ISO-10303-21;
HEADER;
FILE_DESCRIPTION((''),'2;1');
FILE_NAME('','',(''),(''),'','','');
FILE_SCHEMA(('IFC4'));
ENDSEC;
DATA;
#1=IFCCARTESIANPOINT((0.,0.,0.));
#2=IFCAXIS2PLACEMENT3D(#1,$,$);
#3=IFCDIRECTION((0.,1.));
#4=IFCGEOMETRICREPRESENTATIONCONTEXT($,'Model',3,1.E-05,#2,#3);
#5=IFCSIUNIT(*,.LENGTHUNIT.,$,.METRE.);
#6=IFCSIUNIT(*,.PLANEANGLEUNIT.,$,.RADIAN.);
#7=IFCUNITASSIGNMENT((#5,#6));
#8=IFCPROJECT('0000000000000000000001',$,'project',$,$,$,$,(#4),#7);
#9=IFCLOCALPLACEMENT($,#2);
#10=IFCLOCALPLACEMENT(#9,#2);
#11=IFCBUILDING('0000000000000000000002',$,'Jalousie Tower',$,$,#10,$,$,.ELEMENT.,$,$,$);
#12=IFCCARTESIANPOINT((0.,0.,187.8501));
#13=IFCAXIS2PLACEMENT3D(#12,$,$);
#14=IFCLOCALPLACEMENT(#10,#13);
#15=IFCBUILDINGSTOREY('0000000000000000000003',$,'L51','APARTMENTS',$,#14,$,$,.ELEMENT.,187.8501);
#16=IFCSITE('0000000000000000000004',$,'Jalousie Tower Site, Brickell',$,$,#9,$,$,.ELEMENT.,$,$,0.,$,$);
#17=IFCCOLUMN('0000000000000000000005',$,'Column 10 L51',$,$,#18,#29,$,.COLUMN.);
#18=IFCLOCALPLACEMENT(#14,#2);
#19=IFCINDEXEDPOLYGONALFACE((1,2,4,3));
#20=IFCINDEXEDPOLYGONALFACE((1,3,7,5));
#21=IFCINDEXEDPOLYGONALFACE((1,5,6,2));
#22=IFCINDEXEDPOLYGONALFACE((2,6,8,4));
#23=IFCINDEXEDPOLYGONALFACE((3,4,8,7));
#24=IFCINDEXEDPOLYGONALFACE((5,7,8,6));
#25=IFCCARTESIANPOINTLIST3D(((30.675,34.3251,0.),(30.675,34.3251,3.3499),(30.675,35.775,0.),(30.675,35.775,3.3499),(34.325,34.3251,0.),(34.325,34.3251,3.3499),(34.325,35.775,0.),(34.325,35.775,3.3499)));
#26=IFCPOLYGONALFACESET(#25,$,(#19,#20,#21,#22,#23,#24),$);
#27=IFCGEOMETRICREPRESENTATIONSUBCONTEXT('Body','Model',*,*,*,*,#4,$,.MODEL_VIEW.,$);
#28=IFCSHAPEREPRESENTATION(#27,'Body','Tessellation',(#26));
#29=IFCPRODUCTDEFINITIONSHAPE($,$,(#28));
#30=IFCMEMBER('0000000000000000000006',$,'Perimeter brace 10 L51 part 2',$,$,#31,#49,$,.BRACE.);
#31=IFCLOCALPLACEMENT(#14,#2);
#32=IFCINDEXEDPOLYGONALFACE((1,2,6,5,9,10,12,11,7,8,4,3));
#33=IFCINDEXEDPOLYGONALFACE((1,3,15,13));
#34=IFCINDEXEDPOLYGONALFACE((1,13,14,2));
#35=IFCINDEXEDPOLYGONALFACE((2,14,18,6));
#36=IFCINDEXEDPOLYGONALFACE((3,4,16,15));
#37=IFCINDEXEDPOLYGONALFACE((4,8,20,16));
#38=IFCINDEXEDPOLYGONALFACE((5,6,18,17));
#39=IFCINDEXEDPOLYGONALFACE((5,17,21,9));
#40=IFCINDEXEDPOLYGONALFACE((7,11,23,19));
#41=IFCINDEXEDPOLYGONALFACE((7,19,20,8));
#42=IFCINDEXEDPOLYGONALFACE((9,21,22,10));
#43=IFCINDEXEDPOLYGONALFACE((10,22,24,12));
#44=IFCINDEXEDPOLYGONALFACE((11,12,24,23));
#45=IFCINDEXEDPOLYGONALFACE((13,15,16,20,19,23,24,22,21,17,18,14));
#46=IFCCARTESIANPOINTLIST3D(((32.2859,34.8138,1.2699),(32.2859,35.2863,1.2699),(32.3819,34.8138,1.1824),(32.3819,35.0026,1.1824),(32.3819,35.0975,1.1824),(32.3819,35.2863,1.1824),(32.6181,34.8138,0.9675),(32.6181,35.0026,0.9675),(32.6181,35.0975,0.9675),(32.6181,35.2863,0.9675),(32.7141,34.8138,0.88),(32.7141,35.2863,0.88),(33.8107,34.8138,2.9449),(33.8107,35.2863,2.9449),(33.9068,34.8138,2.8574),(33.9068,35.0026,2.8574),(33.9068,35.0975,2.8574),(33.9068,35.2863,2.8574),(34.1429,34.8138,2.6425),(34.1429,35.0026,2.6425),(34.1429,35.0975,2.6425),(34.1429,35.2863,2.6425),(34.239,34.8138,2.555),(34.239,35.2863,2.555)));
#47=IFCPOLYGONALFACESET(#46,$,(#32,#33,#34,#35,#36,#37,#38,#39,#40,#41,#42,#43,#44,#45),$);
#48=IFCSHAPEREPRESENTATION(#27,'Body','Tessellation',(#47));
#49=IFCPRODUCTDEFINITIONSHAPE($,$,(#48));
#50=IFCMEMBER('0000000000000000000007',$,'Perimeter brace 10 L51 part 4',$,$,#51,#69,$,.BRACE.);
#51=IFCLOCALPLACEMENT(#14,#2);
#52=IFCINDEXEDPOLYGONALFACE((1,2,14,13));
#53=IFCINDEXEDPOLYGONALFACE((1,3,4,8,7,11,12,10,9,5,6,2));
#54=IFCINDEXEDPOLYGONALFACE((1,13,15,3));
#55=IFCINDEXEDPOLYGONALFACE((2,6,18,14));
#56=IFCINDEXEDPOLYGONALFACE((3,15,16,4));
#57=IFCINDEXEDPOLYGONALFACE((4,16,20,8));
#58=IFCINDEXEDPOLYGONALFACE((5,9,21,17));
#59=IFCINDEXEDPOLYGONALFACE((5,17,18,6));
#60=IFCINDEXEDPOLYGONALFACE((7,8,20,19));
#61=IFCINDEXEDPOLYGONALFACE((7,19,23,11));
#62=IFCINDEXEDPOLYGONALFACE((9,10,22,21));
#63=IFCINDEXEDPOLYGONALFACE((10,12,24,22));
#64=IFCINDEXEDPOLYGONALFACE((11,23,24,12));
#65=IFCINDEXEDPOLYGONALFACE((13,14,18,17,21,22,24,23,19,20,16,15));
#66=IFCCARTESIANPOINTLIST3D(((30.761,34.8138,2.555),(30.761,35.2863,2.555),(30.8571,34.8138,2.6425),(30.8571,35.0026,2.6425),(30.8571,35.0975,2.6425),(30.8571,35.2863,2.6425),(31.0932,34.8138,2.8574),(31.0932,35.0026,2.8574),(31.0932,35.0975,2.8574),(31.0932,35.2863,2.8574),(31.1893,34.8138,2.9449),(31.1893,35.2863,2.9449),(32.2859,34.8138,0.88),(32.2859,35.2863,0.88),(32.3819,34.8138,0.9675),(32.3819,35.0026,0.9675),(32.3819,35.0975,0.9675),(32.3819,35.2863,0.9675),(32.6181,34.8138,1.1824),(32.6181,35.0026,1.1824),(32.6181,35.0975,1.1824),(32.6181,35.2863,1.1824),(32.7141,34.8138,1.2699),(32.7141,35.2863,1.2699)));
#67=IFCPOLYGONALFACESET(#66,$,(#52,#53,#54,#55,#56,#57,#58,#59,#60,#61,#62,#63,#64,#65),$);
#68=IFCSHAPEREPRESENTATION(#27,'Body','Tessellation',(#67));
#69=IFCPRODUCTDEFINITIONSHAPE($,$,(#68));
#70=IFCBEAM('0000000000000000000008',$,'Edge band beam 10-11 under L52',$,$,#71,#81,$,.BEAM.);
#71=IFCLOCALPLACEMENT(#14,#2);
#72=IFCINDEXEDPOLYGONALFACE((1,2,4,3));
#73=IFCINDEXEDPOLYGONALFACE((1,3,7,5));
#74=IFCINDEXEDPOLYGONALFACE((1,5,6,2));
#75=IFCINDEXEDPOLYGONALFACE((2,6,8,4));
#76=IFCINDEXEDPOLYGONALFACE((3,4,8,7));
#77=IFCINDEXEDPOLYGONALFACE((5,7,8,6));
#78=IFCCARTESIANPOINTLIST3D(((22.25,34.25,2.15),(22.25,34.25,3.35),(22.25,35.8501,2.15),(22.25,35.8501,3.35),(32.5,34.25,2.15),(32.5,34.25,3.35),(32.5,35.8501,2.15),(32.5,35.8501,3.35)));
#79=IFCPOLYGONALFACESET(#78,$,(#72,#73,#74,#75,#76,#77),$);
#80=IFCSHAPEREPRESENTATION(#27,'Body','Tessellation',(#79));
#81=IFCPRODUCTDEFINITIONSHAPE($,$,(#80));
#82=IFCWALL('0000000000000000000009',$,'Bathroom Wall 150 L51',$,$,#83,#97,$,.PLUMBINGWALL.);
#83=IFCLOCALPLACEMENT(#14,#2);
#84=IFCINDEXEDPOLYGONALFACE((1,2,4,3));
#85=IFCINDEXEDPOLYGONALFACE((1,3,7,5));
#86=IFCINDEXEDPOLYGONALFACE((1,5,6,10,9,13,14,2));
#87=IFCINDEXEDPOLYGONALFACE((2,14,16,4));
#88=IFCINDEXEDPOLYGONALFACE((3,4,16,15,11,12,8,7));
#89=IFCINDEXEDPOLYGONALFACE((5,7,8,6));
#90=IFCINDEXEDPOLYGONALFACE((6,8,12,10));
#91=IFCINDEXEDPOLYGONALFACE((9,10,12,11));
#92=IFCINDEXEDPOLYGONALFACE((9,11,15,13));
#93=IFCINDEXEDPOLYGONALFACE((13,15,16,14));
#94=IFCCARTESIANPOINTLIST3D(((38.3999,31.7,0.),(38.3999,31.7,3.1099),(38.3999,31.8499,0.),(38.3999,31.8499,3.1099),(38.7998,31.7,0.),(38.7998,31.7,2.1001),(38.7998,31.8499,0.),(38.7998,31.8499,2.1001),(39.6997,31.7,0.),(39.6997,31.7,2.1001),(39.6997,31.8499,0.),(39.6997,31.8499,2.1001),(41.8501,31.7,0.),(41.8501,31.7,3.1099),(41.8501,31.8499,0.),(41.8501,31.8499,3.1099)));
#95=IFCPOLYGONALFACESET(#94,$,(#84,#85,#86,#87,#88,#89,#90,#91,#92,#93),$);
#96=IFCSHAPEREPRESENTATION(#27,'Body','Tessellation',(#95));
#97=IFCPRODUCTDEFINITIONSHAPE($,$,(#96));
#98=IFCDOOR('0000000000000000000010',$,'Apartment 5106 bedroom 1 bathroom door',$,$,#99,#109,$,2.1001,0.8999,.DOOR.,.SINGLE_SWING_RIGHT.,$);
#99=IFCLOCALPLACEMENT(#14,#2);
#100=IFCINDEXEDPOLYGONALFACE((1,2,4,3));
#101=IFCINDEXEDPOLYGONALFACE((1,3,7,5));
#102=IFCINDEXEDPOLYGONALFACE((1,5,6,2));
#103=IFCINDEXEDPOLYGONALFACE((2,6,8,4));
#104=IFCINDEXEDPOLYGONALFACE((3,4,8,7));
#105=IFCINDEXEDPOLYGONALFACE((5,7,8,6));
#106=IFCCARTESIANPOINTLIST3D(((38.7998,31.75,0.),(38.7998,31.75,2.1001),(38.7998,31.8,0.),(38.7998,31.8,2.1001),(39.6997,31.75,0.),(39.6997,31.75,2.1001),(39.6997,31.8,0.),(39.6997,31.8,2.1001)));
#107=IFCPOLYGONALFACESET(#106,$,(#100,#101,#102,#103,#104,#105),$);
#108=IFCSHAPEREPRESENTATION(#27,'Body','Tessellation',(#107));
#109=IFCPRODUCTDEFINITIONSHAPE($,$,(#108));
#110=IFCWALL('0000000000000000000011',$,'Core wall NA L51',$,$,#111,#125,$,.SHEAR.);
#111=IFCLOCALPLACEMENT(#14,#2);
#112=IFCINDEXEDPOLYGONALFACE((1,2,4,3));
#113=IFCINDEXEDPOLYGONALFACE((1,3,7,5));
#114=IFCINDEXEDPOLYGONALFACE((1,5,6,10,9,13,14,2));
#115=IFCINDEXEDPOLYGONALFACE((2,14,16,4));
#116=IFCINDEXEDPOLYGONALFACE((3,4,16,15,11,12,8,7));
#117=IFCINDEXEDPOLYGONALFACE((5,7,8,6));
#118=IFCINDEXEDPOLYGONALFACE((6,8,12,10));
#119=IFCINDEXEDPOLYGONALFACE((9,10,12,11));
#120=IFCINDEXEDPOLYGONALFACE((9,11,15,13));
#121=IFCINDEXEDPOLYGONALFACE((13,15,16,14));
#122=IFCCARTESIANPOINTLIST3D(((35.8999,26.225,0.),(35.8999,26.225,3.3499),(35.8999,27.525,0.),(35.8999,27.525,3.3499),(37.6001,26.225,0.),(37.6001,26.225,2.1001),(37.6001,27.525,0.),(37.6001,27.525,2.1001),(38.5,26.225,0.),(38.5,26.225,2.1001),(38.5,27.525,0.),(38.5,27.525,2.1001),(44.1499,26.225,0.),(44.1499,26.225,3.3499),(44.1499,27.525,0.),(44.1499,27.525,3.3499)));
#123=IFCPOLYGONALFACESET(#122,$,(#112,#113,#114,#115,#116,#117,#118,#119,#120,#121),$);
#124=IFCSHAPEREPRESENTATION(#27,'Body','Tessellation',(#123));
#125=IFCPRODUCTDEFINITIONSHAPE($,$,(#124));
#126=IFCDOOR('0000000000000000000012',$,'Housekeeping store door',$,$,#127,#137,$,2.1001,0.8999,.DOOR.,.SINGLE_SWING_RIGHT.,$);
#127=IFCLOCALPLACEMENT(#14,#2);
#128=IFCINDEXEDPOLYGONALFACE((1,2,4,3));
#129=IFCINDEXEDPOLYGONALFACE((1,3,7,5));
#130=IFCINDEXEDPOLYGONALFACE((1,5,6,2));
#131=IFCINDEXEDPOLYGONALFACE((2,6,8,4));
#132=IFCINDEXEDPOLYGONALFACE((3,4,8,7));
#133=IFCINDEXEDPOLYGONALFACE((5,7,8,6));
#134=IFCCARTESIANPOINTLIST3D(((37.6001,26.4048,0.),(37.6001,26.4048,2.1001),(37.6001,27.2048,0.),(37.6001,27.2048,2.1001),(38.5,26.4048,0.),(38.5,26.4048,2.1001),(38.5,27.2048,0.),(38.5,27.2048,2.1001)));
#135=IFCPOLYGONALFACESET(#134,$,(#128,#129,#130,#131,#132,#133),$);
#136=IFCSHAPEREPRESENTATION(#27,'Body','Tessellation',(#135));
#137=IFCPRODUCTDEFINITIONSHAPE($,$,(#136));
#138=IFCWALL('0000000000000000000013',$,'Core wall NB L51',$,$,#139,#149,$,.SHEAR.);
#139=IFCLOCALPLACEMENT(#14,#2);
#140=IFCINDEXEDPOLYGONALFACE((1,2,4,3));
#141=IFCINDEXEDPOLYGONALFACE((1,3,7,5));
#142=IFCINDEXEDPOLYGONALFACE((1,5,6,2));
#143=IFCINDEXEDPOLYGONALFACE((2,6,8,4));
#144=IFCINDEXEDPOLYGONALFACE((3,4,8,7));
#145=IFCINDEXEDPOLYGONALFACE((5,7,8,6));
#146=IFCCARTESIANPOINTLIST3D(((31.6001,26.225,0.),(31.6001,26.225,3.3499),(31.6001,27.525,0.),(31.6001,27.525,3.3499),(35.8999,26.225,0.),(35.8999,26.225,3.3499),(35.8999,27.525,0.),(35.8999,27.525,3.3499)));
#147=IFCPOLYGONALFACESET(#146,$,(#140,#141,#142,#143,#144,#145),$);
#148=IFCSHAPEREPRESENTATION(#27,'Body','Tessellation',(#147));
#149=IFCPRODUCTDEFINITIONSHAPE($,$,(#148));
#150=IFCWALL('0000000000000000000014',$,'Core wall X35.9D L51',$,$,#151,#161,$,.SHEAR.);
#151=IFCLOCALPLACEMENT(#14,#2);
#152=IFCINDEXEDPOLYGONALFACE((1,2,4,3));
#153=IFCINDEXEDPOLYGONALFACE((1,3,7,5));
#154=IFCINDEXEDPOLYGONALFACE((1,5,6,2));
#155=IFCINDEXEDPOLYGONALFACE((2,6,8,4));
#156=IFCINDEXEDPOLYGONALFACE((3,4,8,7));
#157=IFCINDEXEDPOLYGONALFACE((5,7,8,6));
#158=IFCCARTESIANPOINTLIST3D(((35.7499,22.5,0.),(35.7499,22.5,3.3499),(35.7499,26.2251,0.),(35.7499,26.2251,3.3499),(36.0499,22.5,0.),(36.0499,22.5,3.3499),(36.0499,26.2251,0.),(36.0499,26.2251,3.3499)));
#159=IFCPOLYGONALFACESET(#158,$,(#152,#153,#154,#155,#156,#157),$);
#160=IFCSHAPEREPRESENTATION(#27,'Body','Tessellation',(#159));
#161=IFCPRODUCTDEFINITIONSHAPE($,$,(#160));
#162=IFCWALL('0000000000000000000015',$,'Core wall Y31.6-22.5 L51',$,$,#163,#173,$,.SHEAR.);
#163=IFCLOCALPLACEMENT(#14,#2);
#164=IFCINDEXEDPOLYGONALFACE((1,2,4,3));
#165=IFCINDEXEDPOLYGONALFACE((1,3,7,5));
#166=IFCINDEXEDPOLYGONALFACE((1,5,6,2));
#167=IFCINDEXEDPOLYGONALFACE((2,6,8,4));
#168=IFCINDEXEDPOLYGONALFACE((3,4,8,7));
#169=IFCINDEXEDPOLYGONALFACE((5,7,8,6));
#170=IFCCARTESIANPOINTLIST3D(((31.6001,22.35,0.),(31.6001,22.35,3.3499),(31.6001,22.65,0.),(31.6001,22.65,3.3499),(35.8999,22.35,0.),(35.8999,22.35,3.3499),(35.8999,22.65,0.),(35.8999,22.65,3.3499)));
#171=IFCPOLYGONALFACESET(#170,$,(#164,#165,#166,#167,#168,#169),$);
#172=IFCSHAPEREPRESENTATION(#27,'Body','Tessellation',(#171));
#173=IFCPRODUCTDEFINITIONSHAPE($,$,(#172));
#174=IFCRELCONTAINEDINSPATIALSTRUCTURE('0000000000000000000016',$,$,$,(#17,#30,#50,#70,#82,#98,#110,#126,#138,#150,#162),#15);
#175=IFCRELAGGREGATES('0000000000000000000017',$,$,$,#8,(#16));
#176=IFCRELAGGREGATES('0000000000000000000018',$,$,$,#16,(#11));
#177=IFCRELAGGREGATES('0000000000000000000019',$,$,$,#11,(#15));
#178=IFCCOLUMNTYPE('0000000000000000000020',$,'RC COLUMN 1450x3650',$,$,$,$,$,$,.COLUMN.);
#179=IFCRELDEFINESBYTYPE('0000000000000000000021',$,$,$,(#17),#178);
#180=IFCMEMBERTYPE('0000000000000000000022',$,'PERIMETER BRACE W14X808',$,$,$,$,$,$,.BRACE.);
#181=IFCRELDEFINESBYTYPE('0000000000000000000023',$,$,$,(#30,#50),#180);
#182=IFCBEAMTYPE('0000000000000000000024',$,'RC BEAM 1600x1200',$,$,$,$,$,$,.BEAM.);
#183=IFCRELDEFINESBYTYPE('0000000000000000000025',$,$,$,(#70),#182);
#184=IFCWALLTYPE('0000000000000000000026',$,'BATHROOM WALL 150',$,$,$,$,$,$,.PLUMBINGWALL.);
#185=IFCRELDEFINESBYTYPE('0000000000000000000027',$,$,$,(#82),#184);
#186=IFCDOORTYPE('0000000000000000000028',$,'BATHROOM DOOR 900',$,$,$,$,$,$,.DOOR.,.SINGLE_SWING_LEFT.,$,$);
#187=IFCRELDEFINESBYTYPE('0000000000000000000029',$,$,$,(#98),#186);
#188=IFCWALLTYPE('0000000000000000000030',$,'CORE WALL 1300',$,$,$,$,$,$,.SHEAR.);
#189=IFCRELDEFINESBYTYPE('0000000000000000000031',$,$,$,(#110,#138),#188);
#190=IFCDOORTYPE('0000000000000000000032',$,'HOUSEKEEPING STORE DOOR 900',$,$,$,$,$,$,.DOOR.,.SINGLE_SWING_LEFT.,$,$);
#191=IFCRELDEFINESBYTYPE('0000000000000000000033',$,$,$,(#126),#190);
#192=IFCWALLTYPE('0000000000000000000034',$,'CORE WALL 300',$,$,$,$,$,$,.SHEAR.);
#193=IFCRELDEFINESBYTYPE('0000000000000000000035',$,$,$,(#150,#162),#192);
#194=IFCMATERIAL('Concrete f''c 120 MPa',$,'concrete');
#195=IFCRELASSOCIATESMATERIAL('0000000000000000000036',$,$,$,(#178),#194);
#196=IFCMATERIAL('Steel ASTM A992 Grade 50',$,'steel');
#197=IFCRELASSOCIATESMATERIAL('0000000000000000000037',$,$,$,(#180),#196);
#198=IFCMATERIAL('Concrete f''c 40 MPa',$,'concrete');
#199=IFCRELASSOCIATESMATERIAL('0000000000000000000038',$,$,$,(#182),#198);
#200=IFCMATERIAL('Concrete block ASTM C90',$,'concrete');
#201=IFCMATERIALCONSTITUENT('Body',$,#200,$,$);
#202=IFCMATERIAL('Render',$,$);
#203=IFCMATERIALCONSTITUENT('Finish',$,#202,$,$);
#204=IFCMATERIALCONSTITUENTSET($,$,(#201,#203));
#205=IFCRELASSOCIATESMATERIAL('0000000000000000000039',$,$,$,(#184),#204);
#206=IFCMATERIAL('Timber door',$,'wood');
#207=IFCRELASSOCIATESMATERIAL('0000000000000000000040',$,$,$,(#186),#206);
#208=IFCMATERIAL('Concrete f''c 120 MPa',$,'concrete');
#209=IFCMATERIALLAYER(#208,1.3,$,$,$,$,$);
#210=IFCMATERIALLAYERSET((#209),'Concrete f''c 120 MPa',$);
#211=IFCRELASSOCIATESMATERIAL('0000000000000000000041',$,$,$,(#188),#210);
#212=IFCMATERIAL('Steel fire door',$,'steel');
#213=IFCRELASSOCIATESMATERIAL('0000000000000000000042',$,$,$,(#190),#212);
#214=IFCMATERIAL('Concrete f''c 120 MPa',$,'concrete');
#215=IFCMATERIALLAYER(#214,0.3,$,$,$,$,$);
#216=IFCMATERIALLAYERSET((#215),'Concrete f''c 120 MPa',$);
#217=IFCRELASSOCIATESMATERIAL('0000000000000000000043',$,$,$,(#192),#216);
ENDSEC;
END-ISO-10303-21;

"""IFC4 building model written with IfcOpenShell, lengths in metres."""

from ifc_helpers import new_model, si_unit, direction, frame, frame_2d, origin, origin_2d, place, context, subcontext, project, spatial, rectangle, i_section, extrude, material, layer, layer_set, constituent, constituent_set, material_profile, profile_set, type_object, element, fill, save


model = new_model("IFC4")

# Units and contexts
model_context = context("Model", 3, precision=1e-05, world=origin(), true_north=direction((0.0, 1.0)))
body_context = subcontext(model_context, "Body", "Model", "MODEL_VIEW")
ifc_project = project(units=[si_unit("LENGTHUNIT", "METRE"), si_unit("PLANEANGLEUNIT", "RADIAN")], contexts=[model_context])

# Site, building, storey
site_placement = place(None, origin())
site = spatial("IfcSite", under=ifc_project, at=site_placement, Name="Jalousie Tower Site, Brickell", CompositionType="ELEMENT", RefElevation=0.0)
building_placement = place(site_placement, origin())
building = spatial("IfcBuilding", under=site, at=building_placement, Name="Jalousie Tower", CompositionType="ELEMENT")
storey_placement = place(building_placement, frame((0.0, 0.0, 187.8501)))
storey = spatial("IfcBuildingStorey", under=building, at=storey_placement, Name="L51", Description="APARTMENTS", CompositionType="ELEMENT", Elevation=187.8501)

# Column
ifc_material_1 = material(Name="Concrete f'c 120 MPa", Category="concrete")
ifc_material_profile_1 = material_profile(ifc_material_1, rectangle(XDim=1.45, YDim=3.6499, at=origin_2d()), Name="RC 1450x3650")
ifc_profile_set_1 = profile_set([ifc_material_profile_1], Name="Concrete f'c 120 MPa")
column_type = type_object("IfcColumnType", Name="RC COLUMN 1450x3650", PredefinedType="COLUMN", material=ifc_profile_set_1)
column_placement = place(storey_placement, frame((32.5, 35.05, 0.0), z_axis=(0.0, 0.0, 1.0), x_axis=(0.0, 1.0, 0.0)))
element("IfcColumn", 1, at=column_placement, inside=storey, type_object=column_type, Name="Column 10 L51", PredefinedType="COLUMN", context=body_context, shape_type="SweptSolid", body=[
    extrude(rectangle(XDim=1.45, YDim=3.6499, at=origin_2d()), origin(), (0.0, 0.0, 1.0), 3.3499),
])

# Members
ifc_material_2 = material(Name="Steel ASTM A992 Grade 50", Category="steel")
ifc_material_profile_2 = material_profile(ifc_material_2, i_section(OverallWidth=0.4724, OverallDepth=0.5791, WebThickness=0.095, FlangeThickness=0.1299, at=origin_2d()), Name="W14X808")
ifc_profile_set_2 = profile_set([ifc_material_profile_2], Name="Steel ASTM A992 Grade 50")
member_type = type_object("IfcMemberType", Name="PERIMETER BRACE W14X808", PredefinedType="BRACE", material=ifc_profile_set_2)
for number, where, z_axis, x_axis, name in (
    (2, (32.5, 35.05, 1.075), (0.673188, 0.0, 0.739472), (0.0, 1.0, 0.0), "Perimeter brace 10 L51 part 2"),
    (3, (32.5, 35.05, 1.075), (-0.673188, 0.0, 0.739472), (0.0, -1.0, 0.0), "Perimeter brace 10 L51 part 4"),
):
    element("IfcMember", number, at=place(storey_placement, frame(where, z_axis=z_axis, x_axis=x_axis)), inside=storey, type_object=member_type, Name=name, PredefinedType="BRACE", context=body_context, shape_type="SweptSolid", body=[
        extrude(i_section(OverallWidth=0.4724, OverallDepth=0.5791, WebThickness=0.095, FlangeThickness=0.1299, at=origin_2d()), origin(), (0.0, 0.0, 1.0), 2.2651),
    ])

# Beam
ifc_material_3 = material(Name="Concrete f'c 40 MPa", Category="concrete")
ifc_material_profile_3 = material_profile(ifc_material_3, rectangle(XDim=1.6001, YDim=1.2, at=origin_2d()), Name="RC 1600x1200")
ifc_profile_set_3 = profile_set([ifc_material_profile_3], Name="Concrete f'c 40 MPa")
beam_type = type_object("IfcBeamType", Name="RC BEAM 1600x1200", PredefinedType="BEAM", material=ifc_profile_set_3)
beam_placement = place(storey_placement, frame((32.5, 35.05, 2.75), z_axis=(-1.0, 0.0, 0.0), x_axis=(0.0, -1.0, 0.0)))
element("IfcBeam", 4, at=beam_placement, inside=storey, type_object=beam_type, Name="Edge band beam 10-11 under L52", PredefinedType="BEAM", context=body_context, shape_type="SweptSolid", body=[
    extrude(rectangle(XDim=1.6001, YDim=1.2, at=origin_2d()), origin(), (0.0, 0.0, 1.0), 10.25),
])

# Walls, openings, doors
ifc_material_4 = material(Name="Concrete block ASTM C90", Category="concrete")
ifc_constituent_1 = constituent(ifc_material_4, Name="Body")
ifc_material_5 = material(Name="Render")
ifc_constituent_2 = constituent(ifc_material_5, Name="Finish")
ifc_constituent_set_1 = constituent_set(constituents=[ifc_constituent_1, ifc_constituent_2])
wall_type_1 = type_object("IfcWallType", Name="BATHROOM WALL 150", PredefinedType="PLUMBINGWALL", material=ifc_constituent_set_1)
wall_1_placement = place(storey_placement, frame((38.3999, 31.7749, 0.0), z_axis=(0.0, 0.0, 1.0), x_axis=(1.0, 0.0, 0.0)))
wall_1 = element("IfcWall", 5, at=wall_1_placement, inside=storey, type_object=wall_type_1, Name="Bathroom Wall 150 L51", PredefinedType="PLUMBINGWALL", context=body_context, shape_type="SweptSolid", body=[
    extrude(rectangle(XDim=3.4502, YDim=0.1499, at=frame_2d((1.7251, 0.0))), origin(), (0.0, 0.0, 1.0), 3.1099),
])
opening_1_placement = place(wall_1_placement, frame((0.3999, 0.0, 0.0)))
opening_1 = element("IfcOpeningElement", 6, at=opening_1_placement, cuts=wall_1, PredefinedType="OPENING", context=body_context, shape_type="SweptSolid", body=[
    extrude(rectangle(XDim=0.8999, YDim=2.1001, at=frame_2d((0.45, 1.05))), frame((0.0, 0.085, 0.0), z_axis=(0.0, -1.0, 0.0), x_axis=(1.0, 0.0, 0.0)), (0.0, 0.0, 1.0), 0.1699),
])
ifc_material_6 = material(Name="Timber door", Category="wood")
door_type_1 = type_object("IfcDoorType", Name="BATHROOM DOOR 900", OperationType="SINGLE_SWING_LEFT", PredefinedType="DOOR", material=ifc_material_6)
door_1_placement = place(opening_1_placement, frame((0.8999, 0.0, 0.0), z_axis=(0.0, 0.0, 1.0), x_axis=(-1.0, 0.0, 0.0)))
door_1 = element("IfcDoor", 7, at=door_1_placement, inside=storey, type_object=door_type_1, Name="Apartment 5106 bedroom 1 bathroom door", OperationType="SINGLE_SWING_RIGHT", OverallHeight=2.1001, OverallWidth=0.8999, PredefinedType="DOOR", context=body_context, shape_type="SweptSolid", body=[
    extrude(rectangle(XDim=0.8999, YDim=2.1001, at=frame_2d((0.45, 1.05))), frame((0.0, 0.0249, 0.0), z_axis=(0.0, -1.0, 0.0), x_axis=(1.0, 0.0, 0.0)), (0.0, 0.0, 1.0), 0.05),
])
fill(opening_1, door_1)
ifc_material_7 = material(Name="Concrete f'c 120 MPa", Category="concrete")
ifc_layer_1 = layer(ifc_material_7, 1.3)
ifc_layer_set_1 = layer_set([ifc_layer_1], Name="Concrete f'c 120 MPa")
wall_type_2 = type_object("IfcWallType", Name="CORE WALL 1300", PredefinedType="SHEAR", material=ifc_layer_set_1)
wall_2_placement = place(storey_placement, frame((44.1499, 26.875, 0.0), z_axis=(0.0, 0.0, 1.0), x_axis=(-1.0, 0.0, 0.0)))
wall_2 = element("IfcWall", 8, at=wall_2_placement, inside=storey, type_object=wall_type_2, Name="Core wall NA L51", PredefinedType="SHEAR", context=body_context, shape_type="SweptSolid", body=[
    extrude(rectangle(XDim=8.25, YDim=1.3, at=frame_2d((4.125, 0.0))), origin(), (0.0, 0.0, 1.0), 3.3499),
])
opening_2_placement = place(wall_2_placement, frame((5.6499, 0.0, 0.0)))
opening_2 = element("IfcOpeningElement", 9, at=opening_2_placement, cuts=wall_2, PredefinedType="OPENING", context=body_context, shape_type="SweptSolid", body=[
    extrude(rectangle(XDim=0.8999, YDim=2.1001, at=frame_2d((0.45, 1.05))), frame((0.0, 0.6599, 0.0), z_axis=(0.0, -1.0, 0.0), x_axis=(1.0, 0.0, 0.0)), (0.0, 0.0, 1.0), 1.3201),
])
ifc_material_8 = material(Name="Steel fire door", Category="steel")
door_type_2 = type_object("IfcDoorType", Name="HOUSEKEEPING STORE DOOR 900", OperationType="SINGLE_SWING_LEFT", PredefinedType="DOOR", material=ifc_material_8)
door_2_placement = place(opening_2_placement, origin())
door_2 = element("IfcDoor", 10, at=door_2_placement, inside=storey, type_object=door_type_2, Name="Housekeeping store door", OperationType="SINGLE_SWING_RIGHT", OverallHeight=2.1001, OverallWidth=0.8999, PredefinedType="DOOR", context=body_context, shape_type="SweptSolid", body=[
    extrude(rectangle(XDim=0.8999, YDim=2.1001, at=frame_2d((0.45, 1.05))), frame((0.0, 0.4702, 0.0), z_axis=(0.0, -1.0, 0.0), x_axis=(1.0, 0.0, 0.0)), (0.0, 0.0, 1.0), 0.8),
])
fill(opening_2, door_2)

# Walls
wall_3_placement = place(storey_placement, frame((35.8999, 26.875, 0.0), z_axis=(0.0, 0.0, 1.0), x_axis=(-1.0, 0.0, 0.0)))
element("IfcWall", 11, at=wall_3_placement, inside=storey, type_object=wall_type_2, Name="Core wall NB L51", PredefinedType="SHEAR", context=body_context, shape_type="SweptSolid", body=[
    extrude(rectangle(XDim=4.2998, YDim=1.3, at=frame_2d((2.1499, 0.0))), origin(), (0.0, 0.0, 1.0), 3.3499),
])
ifc_material_9 = material(Name="Concrete f'c 120 MPa", Category="concrete")
ifc_layer_2 = layer(ifc_material_9, 0.3)
ifc_layer_set_2 = layer_set([ifc_layer_2], Name="Concrete f'c 120 MPa")
wall_type_3 = type_object("IfcWallType", Name="CORE WALL 300", PredefinedType="SHEAR", material=ifc_layer_set_2)
wall_4_placement = place(storey_placement, frame((35.8999, 22.5, 0.0), z_axis=(0.0, 0.0, 1.0), x_axis=(0.0, 1.0, 0.0)))
element("IfcWall", 12, at=wall_4_placement, inside=storey, type_object=wall_type_3, Name="Core wall X35.9D L51", PredefinedType="SHEAR", context=body_context, shape_type="SweptSolid", body=[
    extrude(rectangle(XDim=3.7251, YDim=0.3, at=frame_2d((1.8625, 0.0))), origin(), (0.0, 0.0, 1.0), 3.3499),
])
wall_5_placement = place(storey_placement, frame((31.6001, 22.5, 0.0), z_axis=(0.0, 0.0, 1.0), x_axis=(1.0, 0.0, 0.0)))
element("IfcWall", 13, at=wall_5_placement, inside=storey, type_object=wall_type_3, Name="Core wall Y31.6-22.5 L51", PredefinedType="SHEAR", context=body_context, shape_type="SweptSolid", body=[
    extrude(rectangle(XDim=4.2998, YDim=0.3, at=frame_2d((2.1499, 0.0))), origin(), (0.0, 0.0, 1.0), 3.3499),
])

save(model, "model.ifc")
